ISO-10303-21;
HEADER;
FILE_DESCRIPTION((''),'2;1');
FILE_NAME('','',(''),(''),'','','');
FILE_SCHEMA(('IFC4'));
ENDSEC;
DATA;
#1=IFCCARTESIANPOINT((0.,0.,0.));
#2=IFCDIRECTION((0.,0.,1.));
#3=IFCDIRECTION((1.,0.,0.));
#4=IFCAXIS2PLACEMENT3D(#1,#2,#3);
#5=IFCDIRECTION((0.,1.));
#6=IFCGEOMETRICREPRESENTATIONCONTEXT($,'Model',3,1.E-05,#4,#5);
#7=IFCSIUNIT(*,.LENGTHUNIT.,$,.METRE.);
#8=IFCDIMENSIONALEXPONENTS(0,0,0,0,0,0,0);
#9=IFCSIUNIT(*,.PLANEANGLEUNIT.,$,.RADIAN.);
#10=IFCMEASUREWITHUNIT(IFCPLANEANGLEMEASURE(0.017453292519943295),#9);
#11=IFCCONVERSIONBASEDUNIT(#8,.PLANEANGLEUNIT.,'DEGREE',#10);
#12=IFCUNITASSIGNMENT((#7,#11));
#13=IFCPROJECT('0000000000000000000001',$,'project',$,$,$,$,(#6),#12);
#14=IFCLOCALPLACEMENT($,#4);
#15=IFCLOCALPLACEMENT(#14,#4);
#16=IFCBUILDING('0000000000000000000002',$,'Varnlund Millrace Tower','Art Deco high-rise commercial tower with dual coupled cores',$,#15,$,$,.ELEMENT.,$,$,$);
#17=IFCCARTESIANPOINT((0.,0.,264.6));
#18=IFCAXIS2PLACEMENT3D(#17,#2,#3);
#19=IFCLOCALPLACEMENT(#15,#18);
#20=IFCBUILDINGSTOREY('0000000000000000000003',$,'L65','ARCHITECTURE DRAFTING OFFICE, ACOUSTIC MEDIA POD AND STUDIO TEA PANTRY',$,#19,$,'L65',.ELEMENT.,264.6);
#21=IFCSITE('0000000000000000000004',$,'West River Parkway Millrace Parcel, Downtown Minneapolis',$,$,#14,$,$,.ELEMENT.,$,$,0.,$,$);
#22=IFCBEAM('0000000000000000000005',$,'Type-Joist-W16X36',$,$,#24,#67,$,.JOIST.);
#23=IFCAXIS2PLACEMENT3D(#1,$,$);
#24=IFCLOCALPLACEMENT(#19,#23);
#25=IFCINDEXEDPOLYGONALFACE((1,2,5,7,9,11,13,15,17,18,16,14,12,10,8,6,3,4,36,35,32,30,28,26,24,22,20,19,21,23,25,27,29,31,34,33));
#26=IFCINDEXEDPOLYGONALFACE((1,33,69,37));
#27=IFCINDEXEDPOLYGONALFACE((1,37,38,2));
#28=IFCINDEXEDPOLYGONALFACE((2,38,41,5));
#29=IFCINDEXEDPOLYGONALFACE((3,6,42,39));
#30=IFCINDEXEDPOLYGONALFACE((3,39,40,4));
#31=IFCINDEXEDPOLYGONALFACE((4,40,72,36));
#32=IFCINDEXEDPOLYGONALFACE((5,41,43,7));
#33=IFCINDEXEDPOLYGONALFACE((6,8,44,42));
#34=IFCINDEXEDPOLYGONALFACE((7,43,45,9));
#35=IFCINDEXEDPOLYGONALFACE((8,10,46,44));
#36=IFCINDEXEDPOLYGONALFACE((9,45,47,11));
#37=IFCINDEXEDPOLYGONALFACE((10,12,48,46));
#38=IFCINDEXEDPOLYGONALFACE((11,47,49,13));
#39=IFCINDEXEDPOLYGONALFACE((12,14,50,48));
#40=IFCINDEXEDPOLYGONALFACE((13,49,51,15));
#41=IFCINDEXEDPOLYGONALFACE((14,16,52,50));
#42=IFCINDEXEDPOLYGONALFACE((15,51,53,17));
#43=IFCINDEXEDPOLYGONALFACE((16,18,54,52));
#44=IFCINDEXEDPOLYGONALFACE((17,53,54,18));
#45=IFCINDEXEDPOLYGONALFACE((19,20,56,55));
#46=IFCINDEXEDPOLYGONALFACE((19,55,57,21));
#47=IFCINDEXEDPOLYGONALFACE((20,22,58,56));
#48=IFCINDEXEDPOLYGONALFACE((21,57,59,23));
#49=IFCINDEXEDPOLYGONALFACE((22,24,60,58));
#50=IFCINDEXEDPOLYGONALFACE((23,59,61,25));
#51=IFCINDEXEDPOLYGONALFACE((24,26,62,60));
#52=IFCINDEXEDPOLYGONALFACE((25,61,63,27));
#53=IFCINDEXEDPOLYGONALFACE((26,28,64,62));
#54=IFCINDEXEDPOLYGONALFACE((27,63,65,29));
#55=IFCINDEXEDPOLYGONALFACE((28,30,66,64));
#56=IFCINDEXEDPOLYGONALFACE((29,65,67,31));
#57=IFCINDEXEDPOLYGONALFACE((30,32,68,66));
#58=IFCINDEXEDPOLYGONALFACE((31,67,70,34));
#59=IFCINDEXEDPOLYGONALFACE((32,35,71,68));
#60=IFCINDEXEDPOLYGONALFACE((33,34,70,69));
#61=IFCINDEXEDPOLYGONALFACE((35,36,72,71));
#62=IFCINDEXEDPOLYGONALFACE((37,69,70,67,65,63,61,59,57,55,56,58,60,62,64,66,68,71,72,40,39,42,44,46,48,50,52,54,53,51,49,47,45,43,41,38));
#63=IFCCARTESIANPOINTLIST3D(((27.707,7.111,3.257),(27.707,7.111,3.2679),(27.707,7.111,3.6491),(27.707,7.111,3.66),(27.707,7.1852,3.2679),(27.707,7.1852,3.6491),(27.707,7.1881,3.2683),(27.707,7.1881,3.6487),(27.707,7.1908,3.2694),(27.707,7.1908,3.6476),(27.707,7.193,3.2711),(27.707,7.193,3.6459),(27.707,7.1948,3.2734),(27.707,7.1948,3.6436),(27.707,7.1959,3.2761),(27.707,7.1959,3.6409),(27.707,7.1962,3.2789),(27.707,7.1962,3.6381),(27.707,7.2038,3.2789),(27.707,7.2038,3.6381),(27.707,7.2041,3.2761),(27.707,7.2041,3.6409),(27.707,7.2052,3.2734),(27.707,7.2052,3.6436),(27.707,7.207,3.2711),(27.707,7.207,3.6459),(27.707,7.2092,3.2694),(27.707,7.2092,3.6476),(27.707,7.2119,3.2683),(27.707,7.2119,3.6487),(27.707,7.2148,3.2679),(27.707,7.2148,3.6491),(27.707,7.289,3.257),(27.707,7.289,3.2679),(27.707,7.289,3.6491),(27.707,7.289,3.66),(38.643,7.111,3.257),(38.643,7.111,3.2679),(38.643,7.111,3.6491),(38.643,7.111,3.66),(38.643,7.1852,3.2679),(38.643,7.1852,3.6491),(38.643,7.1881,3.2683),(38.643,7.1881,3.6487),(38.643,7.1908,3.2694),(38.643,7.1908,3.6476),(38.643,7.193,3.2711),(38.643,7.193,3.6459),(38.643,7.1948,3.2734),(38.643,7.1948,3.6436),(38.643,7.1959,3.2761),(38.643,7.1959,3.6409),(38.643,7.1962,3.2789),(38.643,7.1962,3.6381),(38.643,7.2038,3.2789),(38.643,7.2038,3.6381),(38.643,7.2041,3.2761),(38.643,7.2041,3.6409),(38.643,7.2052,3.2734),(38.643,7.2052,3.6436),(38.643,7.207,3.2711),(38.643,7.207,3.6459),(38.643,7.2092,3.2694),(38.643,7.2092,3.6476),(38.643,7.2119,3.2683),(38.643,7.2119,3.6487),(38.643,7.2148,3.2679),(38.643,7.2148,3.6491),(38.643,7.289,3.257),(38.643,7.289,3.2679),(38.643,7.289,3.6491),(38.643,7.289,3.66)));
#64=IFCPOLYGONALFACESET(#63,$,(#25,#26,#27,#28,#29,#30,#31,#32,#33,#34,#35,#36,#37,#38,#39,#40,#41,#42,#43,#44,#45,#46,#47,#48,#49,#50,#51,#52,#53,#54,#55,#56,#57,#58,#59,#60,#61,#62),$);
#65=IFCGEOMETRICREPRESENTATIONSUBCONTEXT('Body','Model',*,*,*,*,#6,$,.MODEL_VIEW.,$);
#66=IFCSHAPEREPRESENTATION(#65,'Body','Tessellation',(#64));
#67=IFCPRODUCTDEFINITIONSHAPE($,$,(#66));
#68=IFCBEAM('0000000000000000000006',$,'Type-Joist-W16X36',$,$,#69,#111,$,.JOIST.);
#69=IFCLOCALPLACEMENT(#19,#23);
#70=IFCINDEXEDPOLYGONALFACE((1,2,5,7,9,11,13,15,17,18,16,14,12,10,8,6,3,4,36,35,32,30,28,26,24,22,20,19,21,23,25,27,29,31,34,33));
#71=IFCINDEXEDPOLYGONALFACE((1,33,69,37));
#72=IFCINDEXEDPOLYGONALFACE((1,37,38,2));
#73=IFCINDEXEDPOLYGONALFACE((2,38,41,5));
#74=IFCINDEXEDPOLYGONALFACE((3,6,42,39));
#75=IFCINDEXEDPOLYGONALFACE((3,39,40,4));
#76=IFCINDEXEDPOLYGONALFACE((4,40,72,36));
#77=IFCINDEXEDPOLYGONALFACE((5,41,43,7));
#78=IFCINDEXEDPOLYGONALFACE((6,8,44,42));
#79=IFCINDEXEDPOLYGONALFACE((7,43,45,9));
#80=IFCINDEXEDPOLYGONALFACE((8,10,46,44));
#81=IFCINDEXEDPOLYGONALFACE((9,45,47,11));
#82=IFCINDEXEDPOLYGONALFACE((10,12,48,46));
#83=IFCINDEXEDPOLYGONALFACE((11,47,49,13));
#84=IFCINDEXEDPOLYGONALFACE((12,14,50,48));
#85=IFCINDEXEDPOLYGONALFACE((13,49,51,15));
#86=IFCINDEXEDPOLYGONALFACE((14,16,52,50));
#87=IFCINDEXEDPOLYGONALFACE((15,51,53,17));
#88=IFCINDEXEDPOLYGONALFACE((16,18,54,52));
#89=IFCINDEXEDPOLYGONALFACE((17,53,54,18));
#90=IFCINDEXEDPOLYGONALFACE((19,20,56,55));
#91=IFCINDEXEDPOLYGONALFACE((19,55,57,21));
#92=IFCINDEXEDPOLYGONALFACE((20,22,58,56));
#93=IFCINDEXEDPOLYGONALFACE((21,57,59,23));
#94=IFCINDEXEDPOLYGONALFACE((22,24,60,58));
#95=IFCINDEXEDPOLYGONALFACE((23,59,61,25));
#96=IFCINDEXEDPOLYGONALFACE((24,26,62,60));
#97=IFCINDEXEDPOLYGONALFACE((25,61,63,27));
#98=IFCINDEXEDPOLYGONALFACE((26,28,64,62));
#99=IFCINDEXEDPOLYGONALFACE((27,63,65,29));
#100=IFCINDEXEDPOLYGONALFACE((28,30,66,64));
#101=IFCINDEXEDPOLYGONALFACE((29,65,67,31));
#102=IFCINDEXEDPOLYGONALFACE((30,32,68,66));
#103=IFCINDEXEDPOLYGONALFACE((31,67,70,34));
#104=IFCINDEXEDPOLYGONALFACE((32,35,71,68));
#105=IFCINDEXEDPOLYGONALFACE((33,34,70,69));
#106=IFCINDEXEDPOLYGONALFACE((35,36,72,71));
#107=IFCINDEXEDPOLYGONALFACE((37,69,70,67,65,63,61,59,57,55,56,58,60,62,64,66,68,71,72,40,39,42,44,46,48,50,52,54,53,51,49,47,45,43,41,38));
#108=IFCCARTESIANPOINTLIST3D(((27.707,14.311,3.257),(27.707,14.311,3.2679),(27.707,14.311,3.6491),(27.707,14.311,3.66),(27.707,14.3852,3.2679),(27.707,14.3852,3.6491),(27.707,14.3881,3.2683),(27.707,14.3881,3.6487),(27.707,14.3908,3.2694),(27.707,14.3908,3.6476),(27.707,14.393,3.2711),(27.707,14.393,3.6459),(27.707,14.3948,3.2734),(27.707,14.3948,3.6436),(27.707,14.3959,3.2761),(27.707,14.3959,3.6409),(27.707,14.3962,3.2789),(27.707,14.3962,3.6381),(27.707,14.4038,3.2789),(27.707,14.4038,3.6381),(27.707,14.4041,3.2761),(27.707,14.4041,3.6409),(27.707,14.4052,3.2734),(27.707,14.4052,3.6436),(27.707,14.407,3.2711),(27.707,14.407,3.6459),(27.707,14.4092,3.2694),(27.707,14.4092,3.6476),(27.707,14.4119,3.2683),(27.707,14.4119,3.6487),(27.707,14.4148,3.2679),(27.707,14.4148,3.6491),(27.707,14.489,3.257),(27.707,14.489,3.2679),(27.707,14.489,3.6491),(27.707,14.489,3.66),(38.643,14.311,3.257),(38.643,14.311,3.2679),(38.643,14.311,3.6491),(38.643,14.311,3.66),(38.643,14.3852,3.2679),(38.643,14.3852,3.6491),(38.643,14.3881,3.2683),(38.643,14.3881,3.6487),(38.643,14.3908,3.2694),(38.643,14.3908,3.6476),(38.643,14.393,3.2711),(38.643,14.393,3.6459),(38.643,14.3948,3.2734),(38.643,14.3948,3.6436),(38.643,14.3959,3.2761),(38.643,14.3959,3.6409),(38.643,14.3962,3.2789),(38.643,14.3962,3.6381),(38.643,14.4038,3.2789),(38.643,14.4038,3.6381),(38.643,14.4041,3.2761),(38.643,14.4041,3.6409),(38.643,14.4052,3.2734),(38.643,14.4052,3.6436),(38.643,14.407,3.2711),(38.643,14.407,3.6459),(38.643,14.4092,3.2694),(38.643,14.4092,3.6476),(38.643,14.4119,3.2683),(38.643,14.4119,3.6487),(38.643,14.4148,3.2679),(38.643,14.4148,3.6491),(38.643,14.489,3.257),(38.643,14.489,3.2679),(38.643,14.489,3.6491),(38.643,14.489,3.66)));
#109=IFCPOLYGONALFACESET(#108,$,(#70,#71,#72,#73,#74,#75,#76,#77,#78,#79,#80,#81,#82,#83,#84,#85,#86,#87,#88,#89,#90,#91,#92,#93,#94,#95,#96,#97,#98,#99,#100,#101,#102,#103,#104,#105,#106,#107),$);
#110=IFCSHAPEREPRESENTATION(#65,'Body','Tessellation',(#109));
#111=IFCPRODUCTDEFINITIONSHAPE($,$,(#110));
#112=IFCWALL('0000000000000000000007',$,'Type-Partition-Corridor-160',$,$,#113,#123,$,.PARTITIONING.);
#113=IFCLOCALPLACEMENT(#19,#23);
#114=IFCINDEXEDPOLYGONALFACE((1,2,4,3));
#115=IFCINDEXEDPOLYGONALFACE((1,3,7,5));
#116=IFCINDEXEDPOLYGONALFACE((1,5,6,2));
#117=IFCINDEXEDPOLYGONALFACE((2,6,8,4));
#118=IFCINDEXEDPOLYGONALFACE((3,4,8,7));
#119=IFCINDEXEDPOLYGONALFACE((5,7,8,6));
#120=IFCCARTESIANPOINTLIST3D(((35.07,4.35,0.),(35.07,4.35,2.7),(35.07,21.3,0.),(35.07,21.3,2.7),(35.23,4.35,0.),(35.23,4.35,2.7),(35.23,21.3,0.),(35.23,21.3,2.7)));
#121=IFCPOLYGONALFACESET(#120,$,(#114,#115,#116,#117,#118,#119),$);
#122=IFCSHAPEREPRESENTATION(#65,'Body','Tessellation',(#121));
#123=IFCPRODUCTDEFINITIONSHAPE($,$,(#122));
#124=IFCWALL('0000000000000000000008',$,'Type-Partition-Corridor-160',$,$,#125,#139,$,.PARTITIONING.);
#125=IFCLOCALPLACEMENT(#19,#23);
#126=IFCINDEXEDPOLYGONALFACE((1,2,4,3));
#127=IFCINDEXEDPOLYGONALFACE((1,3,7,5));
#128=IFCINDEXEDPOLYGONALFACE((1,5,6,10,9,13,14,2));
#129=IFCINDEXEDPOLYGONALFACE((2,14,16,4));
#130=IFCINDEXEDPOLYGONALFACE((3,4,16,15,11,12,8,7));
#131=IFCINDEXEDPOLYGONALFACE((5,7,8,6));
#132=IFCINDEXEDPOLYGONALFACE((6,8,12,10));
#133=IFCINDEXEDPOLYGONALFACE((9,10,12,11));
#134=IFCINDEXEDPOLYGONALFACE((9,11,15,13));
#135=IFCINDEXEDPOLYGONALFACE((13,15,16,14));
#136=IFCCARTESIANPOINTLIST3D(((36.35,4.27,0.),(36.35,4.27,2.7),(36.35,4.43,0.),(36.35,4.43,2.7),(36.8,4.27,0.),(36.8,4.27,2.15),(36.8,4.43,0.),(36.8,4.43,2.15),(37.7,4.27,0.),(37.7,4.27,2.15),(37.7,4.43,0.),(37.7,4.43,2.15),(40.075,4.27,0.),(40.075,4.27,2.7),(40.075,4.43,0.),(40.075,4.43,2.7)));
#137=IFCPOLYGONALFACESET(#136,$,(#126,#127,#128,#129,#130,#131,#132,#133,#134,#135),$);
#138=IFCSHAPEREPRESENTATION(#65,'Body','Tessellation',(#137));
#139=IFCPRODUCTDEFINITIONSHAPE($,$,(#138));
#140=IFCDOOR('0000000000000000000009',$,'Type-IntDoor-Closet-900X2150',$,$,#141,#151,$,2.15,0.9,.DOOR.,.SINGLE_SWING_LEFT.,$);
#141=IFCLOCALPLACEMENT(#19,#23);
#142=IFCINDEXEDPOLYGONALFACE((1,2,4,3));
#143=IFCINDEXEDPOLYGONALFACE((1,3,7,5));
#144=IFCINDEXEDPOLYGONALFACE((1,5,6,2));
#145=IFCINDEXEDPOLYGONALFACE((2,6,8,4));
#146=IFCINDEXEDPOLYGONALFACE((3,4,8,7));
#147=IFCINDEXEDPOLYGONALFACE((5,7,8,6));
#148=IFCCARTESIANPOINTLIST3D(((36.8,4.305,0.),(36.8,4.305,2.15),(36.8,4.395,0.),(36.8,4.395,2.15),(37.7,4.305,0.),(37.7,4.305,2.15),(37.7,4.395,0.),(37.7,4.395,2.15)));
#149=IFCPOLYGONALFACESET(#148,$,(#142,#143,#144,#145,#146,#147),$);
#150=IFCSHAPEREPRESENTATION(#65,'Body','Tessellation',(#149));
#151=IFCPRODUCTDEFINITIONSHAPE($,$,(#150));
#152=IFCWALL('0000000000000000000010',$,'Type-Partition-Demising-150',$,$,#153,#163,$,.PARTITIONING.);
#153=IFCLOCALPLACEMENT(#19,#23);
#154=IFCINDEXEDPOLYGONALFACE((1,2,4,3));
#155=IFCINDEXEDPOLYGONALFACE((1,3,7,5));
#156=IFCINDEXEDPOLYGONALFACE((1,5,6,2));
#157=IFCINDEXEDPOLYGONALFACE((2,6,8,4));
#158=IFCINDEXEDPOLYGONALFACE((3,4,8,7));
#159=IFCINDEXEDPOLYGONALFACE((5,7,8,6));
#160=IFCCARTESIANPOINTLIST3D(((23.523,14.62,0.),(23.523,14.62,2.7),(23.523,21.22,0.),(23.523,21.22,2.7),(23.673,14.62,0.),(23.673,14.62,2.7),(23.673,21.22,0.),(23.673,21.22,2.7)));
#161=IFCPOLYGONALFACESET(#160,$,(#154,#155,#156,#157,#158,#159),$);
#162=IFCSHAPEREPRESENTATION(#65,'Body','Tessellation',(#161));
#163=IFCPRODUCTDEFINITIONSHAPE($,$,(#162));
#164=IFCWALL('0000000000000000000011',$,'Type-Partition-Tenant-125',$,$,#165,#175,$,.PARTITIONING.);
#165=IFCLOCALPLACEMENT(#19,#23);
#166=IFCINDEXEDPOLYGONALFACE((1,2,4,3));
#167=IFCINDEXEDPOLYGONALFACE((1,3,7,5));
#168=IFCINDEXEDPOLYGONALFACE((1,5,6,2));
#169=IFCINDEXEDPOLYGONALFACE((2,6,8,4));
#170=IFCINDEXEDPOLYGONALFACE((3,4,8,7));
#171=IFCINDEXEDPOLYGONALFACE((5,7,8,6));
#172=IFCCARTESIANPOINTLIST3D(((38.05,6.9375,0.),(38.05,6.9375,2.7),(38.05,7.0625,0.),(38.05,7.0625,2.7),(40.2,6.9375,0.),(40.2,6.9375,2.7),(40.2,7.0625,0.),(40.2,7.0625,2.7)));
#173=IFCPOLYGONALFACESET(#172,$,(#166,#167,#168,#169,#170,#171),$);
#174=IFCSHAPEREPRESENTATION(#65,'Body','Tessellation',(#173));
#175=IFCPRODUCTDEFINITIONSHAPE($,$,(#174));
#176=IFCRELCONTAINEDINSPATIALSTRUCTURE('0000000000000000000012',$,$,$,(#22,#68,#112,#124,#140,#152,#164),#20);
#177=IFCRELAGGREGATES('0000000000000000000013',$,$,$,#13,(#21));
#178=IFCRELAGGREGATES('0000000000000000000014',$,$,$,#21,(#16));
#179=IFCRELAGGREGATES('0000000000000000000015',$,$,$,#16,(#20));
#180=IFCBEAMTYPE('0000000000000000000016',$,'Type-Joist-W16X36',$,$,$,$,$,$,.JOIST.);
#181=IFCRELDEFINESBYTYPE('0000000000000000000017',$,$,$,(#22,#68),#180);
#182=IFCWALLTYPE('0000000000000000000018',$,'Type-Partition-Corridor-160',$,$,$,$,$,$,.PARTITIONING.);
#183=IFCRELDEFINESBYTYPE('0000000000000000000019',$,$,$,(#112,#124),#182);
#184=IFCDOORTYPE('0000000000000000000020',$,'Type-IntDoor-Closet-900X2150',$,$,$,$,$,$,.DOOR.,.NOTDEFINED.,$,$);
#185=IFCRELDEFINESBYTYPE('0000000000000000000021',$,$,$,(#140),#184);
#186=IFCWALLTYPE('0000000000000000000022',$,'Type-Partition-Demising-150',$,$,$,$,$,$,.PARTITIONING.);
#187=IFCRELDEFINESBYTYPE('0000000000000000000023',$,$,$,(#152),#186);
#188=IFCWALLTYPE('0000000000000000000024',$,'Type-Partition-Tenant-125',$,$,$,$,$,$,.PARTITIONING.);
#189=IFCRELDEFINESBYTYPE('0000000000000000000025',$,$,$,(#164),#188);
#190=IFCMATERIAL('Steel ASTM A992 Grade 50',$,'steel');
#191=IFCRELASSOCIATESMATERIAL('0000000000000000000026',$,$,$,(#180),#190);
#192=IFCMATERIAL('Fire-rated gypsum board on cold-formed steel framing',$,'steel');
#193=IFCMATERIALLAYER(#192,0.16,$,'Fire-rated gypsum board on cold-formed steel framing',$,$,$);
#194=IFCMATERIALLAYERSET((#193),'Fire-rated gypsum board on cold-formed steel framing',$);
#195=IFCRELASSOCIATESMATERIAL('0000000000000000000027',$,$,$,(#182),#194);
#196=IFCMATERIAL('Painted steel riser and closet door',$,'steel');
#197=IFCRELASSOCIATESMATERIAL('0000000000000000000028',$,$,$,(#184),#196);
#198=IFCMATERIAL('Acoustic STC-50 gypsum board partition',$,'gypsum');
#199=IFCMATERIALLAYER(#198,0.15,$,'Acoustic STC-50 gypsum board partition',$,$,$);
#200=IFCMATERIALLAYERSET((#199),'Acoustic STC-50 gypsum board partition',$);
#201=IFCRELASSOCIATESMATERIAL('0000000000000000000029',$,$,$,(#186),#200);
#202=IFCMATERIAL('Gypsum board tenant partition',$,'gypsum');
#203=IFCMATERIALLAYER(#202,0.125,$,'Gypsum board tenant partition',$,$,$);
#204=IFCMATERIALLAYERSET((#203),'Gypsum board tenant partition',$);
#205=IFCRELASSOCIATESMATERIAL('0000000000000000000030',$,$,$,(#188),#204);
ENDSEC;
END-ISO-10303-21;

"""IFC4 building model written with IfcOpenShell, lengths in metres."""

from ifc_helpers import new_model, entity, si_unit, converted_unit, direction, frame, origin_with_axes, origin_2d_with_axis, place, context, subcontext, project, spatial, polyline, rectangle, i_section, outline, extrude, material, layer, layer_set, material_profile, profile_set, type_object, element, fill, save


model = new_model("IFC4")

# Units and contexts
model_context = context("Model", 3, precision=1e-05, world=origin_with_axes(), true_north=direction((0.0, 1.0)))
body_context = subcontext(model_context, "Body", "Model", "MODEL_VIEW")
ifc_project = project(units=[si_unit("LENGTHUNIT", "METRE"), converted_unit("PLANEANGLEUNIT", "DEGREE", entity("IfcPlaneAngleMeasure", 0.017453292519943295), si_unit("PLANEANGLEUNIT", "RADIAN"), dimensions=[0, 0, 0, 0, 0, 0, 0])], contexts=[model_context])

# Site, building, storey
site_placement = place(None, origin_with_axes())
site = spatial("IfcSite", under=ifc_project, at=site_placement, Name="West River Parkway Millrace Parcel, Downtown Minneapolis", CompositionType="ELEMENT", RefElevation=0.0)
building_placement = place(site_placement, origin_with_axes())
building = spatial("IfcBuilding", under=site, at=building_placement, Name="Varnlund Millrace Tower", Description="Art Deco high-rise commercial tower with dual coupled cores", CompositionType="ELEMENT")
storey_placement = place(building_placement, frame((0.0, 0.0, 264.6), z_axis=(0.0, 0.0, 1.0), x_axis=(1.0, 0.0, 0.0)))
storey = spatial("IfcBuildingStorey", under=building, at=storey_placement, Name="L65", Description="ARCHITECTURE DRAFTING OFFICE, ACOUSTIC MEDIA POD AND STUDIO TEA PANTRY", LongName="L65", CompositionType="ELEMENT", Elevation=264.6)

# Beams
ifc_material_1 = material(Name="Steel ASTM A992 Grade 50", Category="steel")
ifc_material_profile_1 = material_profile(ifc_material_1, i_section(OverallWidth=0.178, OverallDepth=0.403, WebThickness=0.0075, FlangeThickness=0.0109, FilletRadius=0.011, at=origin_2d_with_axis()), Name="Steel ASTM A992 Grade 50")
ifc_profile_set_1 = profile_set([ifc_material_profile_1], Name="Steel ASTM A992 Grade 50")
beam_type_1 = type_object("IfcBeamType", Name="Type-Joist-W16X36", PredefinedType="JOIST", material=ifc_profile_set_1)
for number, where, z_axis, x_axis, name in (
    (1, (27.707, 7.2, 3.4585), (1.0, 0.0, 0.0), (0.0, 1.0, 0.0), "Type-Joist-W16X36"),
    (2, (27.707, 14.4, 3.4585), (1.0, 0.0, 0.0), (0.0, 1.0, 0.0), "Type-Joist-W16X36"),
):
    element("IfcBeam", number, at=place(storey_placement, frame(where, z_axis=z_axis, x_axis=x_axis)), inside=storey, type_object=beam_type_1, Name=name, PredefinedType="JOIST", context=body_context, shape_type="SweptSolid", body=[
        extrude(i_section(OverallWidth=0.178, OverallDepth=0.403, WebThickness=0.0075, FlangeThickness=0.0109, FilletRadius=0.011, at=origin_2d_with_axis()), origin_with_axes(), (0.0, 0.0, 1.0), 10.936),
    ])

# Wall
ifc_material_2 = material(Name="Fire-rated gypsum board on cold-formed steel framing", Category="steel")
ifc_layer_1 = layer(ifc_material_2, 0.16, Name="Fire-rated gypsum board on cold-formed steel framing")
ifc_layer_set_1 = layer_set([ifc_layer_1], Name="Fire-rated gypsum board on cold-formed steel framing")
wall_type_1 = type_object("IfcWallType", Name="Type-Partition-Corridor-160", PredefinedType="PARTITIONING", material=ifc_layer_set_1)
wall_1_placement = place(storey_placement, frame((35.15, 4.35, 0.0), z_axis=(0.0, 0.0, 1.0), x_axis=(0.0, 1.0, 0.0)))
element("IfcWall", 3, at=wall_1_placement, inside=storey, type_object=wall_type_1, Name="Type-Partition-Corridor-160", PredefinedType="PARTITIONING", context=body_context, shape_type="SweptSolid", body=[
    extrude(outline(polyline([(0.0, -0.08), (16.95, -0.08), (16.95, 0.08), (0.0, 0.08), (0.0, -0.08)])), origin_with_axes(), (0.0, 0.0, 1.0), 2.7),
])

# Wall, opening, door
wall_2_placement = place(storey_placement, frame((36.35, 4.35, 0.0), z_axis=(0.0, 0.0, 1.0), x_axis=(1.0, 0.0, 0.0)))
wall_2 = element("IfcWall", 4, at=wall_2_placement, inside=storey, type_object=wall_type_1, Name="Type-Partition-Corridor-160", PredefinedType="PARTITIONING", context=body_context, shape_type="SweptSolid", body=[
    extrude(outline(polyline([(0.0, -0.08), (3.725, -0.08), (3.725, 0.08), (0.0, 0.08), (0.0, -0.08)])), origin_with_axes(), (0.0, 0.0, 1.0), 2.7),
])
opening_1_placement = place(wall_2_placement, frame((0.9, 0.0, 0.0), z_axis=(0.0, 0.0, 1.0), x_axis=(1.0, 0.0, 0.0)))
opening_1 = element("IfcOpeningElement", 5, at=opening_1_placement, cuts=wall_2, PredefinedType="OPENING", context=body_context, shape_type="SweptSolid", body=[
    extrude(rectangle(XDim=0.9, YDim=0.18, at=origin_2d_with_axis()), origin_with_axes(), (0.0, 0.0, 1.0), 2.15),
])
ifc_material_3 = material(Name="Painted steel riser and closet door", Category="steel")
door_type = type_object("IfcDoorType", Name="Type-IntDoor-Closet-900X2150", OperationType="NOTDEFINED", PredefinedType="DOOR", material=ifc_material_3)
door_1_placement = place(wall_2_placement, frame((0.9, 0.0, 0.0), z_axis=(0.0, 0.0, 1.0), x_axis=(1.0, 0.0, 0.0)))
door_1 = element("IfcDoor", 6, at=door_1_placement, inside=storey, type_object=door_type, Name="Type-IntDoor-Closet-900X2150", OperationType="SINGLE_SWING_LEFT", OverallHeight=2.15, OverallWidth=0.9, PredefinedType="DOOR", context=body_context, shape_type="SweptSolid", body=[
    extrude(rectangle(XDim=0.9, YDim=0.09, at=origin_2d_with_axis()), origin_with_axes(), (0.0, 0.0, 1.0), 2.15),
])
fill(opening_1, door_1)

# Walls
ifc_material_4 = material(Name="Acoustic STC-50 gypsum board partition", Category="gypsum")
ifc_layer_2 = layer(ifc_material_4, 0.15, Name="Acoustic STC-50 gypsum board partition")
ifc_layer_set_2 = layer_set([ifc_layer_2], Name="Acoustic STC-50 gypsum board partition")
wall_type_2 = type_object("IfcWallType", Name="Type-Partition-Demising-150", PredefinedType="PARTITIONING", material=ifc_layer_set_2)
wall_3_placement = place(storey_placement, frame((23.598, 14.62, 0.0), z_axis=(0.0, 0.0, 1.0), x_axis=(0.0, 1.0, 0.0)))
element("IfcWall", 7, at=wall_3_placement, inside=storey, type_object=wall_type_2, Name="Type-Partition-Demising-150", PredefinedType="PARTITIONING", context=body_context, shape_type="SweptSolid", body=[
    extrude(outline(polyline([(0.0, -0.075), (6.6, -0.075), (6.6, 0.075), (0.0, 0.075), (0.0, -0.075)])), origin_with_axes(), (0.0, 0.0, 1.0), 2.7),
])
ifc_material_5 = material(Name="Gypsum board tenant partition", Category="gypsum")
ifc_layer_3 = layer(ifc_material_5, 0.125, Name="Gypsum board tenant partition")
ifc_layer_set_3 = layer_set([ifc_layer_3], Name="Gypsum board tenant partition")
wall_type_3 = type_object("IfcWallType", Name="Type-Partition-Tenant-125", PredefinedType="PARTITIONING", material=ifc_layer_set_3)
wall_4_placement = place(storey_placement, frame((38.05, 7.0, 0.0), z_axis=(0.0, 0.0, 1.0), x_axis=(1.0, 0.0, 0.0)))
element("IfcWall", 8, at=wall_4_placement, inside=storey, type_object=wall_type_3, Name="Type-Partition-Tenant-125", PredefinedType="PARTITIONING", context=body_context, shape_type="SweptSolid", body=[
    extrude(outline(polyline([(0.0, -0.0625), (2.15, -0.0625), (2.15, 0.0625), (0.0, 0.0625), (0.0, -0.0625)])), origin_with_axes(), (0.0, 0.0, 1.0), 2.7),
])

save(model, "model.ifc")
